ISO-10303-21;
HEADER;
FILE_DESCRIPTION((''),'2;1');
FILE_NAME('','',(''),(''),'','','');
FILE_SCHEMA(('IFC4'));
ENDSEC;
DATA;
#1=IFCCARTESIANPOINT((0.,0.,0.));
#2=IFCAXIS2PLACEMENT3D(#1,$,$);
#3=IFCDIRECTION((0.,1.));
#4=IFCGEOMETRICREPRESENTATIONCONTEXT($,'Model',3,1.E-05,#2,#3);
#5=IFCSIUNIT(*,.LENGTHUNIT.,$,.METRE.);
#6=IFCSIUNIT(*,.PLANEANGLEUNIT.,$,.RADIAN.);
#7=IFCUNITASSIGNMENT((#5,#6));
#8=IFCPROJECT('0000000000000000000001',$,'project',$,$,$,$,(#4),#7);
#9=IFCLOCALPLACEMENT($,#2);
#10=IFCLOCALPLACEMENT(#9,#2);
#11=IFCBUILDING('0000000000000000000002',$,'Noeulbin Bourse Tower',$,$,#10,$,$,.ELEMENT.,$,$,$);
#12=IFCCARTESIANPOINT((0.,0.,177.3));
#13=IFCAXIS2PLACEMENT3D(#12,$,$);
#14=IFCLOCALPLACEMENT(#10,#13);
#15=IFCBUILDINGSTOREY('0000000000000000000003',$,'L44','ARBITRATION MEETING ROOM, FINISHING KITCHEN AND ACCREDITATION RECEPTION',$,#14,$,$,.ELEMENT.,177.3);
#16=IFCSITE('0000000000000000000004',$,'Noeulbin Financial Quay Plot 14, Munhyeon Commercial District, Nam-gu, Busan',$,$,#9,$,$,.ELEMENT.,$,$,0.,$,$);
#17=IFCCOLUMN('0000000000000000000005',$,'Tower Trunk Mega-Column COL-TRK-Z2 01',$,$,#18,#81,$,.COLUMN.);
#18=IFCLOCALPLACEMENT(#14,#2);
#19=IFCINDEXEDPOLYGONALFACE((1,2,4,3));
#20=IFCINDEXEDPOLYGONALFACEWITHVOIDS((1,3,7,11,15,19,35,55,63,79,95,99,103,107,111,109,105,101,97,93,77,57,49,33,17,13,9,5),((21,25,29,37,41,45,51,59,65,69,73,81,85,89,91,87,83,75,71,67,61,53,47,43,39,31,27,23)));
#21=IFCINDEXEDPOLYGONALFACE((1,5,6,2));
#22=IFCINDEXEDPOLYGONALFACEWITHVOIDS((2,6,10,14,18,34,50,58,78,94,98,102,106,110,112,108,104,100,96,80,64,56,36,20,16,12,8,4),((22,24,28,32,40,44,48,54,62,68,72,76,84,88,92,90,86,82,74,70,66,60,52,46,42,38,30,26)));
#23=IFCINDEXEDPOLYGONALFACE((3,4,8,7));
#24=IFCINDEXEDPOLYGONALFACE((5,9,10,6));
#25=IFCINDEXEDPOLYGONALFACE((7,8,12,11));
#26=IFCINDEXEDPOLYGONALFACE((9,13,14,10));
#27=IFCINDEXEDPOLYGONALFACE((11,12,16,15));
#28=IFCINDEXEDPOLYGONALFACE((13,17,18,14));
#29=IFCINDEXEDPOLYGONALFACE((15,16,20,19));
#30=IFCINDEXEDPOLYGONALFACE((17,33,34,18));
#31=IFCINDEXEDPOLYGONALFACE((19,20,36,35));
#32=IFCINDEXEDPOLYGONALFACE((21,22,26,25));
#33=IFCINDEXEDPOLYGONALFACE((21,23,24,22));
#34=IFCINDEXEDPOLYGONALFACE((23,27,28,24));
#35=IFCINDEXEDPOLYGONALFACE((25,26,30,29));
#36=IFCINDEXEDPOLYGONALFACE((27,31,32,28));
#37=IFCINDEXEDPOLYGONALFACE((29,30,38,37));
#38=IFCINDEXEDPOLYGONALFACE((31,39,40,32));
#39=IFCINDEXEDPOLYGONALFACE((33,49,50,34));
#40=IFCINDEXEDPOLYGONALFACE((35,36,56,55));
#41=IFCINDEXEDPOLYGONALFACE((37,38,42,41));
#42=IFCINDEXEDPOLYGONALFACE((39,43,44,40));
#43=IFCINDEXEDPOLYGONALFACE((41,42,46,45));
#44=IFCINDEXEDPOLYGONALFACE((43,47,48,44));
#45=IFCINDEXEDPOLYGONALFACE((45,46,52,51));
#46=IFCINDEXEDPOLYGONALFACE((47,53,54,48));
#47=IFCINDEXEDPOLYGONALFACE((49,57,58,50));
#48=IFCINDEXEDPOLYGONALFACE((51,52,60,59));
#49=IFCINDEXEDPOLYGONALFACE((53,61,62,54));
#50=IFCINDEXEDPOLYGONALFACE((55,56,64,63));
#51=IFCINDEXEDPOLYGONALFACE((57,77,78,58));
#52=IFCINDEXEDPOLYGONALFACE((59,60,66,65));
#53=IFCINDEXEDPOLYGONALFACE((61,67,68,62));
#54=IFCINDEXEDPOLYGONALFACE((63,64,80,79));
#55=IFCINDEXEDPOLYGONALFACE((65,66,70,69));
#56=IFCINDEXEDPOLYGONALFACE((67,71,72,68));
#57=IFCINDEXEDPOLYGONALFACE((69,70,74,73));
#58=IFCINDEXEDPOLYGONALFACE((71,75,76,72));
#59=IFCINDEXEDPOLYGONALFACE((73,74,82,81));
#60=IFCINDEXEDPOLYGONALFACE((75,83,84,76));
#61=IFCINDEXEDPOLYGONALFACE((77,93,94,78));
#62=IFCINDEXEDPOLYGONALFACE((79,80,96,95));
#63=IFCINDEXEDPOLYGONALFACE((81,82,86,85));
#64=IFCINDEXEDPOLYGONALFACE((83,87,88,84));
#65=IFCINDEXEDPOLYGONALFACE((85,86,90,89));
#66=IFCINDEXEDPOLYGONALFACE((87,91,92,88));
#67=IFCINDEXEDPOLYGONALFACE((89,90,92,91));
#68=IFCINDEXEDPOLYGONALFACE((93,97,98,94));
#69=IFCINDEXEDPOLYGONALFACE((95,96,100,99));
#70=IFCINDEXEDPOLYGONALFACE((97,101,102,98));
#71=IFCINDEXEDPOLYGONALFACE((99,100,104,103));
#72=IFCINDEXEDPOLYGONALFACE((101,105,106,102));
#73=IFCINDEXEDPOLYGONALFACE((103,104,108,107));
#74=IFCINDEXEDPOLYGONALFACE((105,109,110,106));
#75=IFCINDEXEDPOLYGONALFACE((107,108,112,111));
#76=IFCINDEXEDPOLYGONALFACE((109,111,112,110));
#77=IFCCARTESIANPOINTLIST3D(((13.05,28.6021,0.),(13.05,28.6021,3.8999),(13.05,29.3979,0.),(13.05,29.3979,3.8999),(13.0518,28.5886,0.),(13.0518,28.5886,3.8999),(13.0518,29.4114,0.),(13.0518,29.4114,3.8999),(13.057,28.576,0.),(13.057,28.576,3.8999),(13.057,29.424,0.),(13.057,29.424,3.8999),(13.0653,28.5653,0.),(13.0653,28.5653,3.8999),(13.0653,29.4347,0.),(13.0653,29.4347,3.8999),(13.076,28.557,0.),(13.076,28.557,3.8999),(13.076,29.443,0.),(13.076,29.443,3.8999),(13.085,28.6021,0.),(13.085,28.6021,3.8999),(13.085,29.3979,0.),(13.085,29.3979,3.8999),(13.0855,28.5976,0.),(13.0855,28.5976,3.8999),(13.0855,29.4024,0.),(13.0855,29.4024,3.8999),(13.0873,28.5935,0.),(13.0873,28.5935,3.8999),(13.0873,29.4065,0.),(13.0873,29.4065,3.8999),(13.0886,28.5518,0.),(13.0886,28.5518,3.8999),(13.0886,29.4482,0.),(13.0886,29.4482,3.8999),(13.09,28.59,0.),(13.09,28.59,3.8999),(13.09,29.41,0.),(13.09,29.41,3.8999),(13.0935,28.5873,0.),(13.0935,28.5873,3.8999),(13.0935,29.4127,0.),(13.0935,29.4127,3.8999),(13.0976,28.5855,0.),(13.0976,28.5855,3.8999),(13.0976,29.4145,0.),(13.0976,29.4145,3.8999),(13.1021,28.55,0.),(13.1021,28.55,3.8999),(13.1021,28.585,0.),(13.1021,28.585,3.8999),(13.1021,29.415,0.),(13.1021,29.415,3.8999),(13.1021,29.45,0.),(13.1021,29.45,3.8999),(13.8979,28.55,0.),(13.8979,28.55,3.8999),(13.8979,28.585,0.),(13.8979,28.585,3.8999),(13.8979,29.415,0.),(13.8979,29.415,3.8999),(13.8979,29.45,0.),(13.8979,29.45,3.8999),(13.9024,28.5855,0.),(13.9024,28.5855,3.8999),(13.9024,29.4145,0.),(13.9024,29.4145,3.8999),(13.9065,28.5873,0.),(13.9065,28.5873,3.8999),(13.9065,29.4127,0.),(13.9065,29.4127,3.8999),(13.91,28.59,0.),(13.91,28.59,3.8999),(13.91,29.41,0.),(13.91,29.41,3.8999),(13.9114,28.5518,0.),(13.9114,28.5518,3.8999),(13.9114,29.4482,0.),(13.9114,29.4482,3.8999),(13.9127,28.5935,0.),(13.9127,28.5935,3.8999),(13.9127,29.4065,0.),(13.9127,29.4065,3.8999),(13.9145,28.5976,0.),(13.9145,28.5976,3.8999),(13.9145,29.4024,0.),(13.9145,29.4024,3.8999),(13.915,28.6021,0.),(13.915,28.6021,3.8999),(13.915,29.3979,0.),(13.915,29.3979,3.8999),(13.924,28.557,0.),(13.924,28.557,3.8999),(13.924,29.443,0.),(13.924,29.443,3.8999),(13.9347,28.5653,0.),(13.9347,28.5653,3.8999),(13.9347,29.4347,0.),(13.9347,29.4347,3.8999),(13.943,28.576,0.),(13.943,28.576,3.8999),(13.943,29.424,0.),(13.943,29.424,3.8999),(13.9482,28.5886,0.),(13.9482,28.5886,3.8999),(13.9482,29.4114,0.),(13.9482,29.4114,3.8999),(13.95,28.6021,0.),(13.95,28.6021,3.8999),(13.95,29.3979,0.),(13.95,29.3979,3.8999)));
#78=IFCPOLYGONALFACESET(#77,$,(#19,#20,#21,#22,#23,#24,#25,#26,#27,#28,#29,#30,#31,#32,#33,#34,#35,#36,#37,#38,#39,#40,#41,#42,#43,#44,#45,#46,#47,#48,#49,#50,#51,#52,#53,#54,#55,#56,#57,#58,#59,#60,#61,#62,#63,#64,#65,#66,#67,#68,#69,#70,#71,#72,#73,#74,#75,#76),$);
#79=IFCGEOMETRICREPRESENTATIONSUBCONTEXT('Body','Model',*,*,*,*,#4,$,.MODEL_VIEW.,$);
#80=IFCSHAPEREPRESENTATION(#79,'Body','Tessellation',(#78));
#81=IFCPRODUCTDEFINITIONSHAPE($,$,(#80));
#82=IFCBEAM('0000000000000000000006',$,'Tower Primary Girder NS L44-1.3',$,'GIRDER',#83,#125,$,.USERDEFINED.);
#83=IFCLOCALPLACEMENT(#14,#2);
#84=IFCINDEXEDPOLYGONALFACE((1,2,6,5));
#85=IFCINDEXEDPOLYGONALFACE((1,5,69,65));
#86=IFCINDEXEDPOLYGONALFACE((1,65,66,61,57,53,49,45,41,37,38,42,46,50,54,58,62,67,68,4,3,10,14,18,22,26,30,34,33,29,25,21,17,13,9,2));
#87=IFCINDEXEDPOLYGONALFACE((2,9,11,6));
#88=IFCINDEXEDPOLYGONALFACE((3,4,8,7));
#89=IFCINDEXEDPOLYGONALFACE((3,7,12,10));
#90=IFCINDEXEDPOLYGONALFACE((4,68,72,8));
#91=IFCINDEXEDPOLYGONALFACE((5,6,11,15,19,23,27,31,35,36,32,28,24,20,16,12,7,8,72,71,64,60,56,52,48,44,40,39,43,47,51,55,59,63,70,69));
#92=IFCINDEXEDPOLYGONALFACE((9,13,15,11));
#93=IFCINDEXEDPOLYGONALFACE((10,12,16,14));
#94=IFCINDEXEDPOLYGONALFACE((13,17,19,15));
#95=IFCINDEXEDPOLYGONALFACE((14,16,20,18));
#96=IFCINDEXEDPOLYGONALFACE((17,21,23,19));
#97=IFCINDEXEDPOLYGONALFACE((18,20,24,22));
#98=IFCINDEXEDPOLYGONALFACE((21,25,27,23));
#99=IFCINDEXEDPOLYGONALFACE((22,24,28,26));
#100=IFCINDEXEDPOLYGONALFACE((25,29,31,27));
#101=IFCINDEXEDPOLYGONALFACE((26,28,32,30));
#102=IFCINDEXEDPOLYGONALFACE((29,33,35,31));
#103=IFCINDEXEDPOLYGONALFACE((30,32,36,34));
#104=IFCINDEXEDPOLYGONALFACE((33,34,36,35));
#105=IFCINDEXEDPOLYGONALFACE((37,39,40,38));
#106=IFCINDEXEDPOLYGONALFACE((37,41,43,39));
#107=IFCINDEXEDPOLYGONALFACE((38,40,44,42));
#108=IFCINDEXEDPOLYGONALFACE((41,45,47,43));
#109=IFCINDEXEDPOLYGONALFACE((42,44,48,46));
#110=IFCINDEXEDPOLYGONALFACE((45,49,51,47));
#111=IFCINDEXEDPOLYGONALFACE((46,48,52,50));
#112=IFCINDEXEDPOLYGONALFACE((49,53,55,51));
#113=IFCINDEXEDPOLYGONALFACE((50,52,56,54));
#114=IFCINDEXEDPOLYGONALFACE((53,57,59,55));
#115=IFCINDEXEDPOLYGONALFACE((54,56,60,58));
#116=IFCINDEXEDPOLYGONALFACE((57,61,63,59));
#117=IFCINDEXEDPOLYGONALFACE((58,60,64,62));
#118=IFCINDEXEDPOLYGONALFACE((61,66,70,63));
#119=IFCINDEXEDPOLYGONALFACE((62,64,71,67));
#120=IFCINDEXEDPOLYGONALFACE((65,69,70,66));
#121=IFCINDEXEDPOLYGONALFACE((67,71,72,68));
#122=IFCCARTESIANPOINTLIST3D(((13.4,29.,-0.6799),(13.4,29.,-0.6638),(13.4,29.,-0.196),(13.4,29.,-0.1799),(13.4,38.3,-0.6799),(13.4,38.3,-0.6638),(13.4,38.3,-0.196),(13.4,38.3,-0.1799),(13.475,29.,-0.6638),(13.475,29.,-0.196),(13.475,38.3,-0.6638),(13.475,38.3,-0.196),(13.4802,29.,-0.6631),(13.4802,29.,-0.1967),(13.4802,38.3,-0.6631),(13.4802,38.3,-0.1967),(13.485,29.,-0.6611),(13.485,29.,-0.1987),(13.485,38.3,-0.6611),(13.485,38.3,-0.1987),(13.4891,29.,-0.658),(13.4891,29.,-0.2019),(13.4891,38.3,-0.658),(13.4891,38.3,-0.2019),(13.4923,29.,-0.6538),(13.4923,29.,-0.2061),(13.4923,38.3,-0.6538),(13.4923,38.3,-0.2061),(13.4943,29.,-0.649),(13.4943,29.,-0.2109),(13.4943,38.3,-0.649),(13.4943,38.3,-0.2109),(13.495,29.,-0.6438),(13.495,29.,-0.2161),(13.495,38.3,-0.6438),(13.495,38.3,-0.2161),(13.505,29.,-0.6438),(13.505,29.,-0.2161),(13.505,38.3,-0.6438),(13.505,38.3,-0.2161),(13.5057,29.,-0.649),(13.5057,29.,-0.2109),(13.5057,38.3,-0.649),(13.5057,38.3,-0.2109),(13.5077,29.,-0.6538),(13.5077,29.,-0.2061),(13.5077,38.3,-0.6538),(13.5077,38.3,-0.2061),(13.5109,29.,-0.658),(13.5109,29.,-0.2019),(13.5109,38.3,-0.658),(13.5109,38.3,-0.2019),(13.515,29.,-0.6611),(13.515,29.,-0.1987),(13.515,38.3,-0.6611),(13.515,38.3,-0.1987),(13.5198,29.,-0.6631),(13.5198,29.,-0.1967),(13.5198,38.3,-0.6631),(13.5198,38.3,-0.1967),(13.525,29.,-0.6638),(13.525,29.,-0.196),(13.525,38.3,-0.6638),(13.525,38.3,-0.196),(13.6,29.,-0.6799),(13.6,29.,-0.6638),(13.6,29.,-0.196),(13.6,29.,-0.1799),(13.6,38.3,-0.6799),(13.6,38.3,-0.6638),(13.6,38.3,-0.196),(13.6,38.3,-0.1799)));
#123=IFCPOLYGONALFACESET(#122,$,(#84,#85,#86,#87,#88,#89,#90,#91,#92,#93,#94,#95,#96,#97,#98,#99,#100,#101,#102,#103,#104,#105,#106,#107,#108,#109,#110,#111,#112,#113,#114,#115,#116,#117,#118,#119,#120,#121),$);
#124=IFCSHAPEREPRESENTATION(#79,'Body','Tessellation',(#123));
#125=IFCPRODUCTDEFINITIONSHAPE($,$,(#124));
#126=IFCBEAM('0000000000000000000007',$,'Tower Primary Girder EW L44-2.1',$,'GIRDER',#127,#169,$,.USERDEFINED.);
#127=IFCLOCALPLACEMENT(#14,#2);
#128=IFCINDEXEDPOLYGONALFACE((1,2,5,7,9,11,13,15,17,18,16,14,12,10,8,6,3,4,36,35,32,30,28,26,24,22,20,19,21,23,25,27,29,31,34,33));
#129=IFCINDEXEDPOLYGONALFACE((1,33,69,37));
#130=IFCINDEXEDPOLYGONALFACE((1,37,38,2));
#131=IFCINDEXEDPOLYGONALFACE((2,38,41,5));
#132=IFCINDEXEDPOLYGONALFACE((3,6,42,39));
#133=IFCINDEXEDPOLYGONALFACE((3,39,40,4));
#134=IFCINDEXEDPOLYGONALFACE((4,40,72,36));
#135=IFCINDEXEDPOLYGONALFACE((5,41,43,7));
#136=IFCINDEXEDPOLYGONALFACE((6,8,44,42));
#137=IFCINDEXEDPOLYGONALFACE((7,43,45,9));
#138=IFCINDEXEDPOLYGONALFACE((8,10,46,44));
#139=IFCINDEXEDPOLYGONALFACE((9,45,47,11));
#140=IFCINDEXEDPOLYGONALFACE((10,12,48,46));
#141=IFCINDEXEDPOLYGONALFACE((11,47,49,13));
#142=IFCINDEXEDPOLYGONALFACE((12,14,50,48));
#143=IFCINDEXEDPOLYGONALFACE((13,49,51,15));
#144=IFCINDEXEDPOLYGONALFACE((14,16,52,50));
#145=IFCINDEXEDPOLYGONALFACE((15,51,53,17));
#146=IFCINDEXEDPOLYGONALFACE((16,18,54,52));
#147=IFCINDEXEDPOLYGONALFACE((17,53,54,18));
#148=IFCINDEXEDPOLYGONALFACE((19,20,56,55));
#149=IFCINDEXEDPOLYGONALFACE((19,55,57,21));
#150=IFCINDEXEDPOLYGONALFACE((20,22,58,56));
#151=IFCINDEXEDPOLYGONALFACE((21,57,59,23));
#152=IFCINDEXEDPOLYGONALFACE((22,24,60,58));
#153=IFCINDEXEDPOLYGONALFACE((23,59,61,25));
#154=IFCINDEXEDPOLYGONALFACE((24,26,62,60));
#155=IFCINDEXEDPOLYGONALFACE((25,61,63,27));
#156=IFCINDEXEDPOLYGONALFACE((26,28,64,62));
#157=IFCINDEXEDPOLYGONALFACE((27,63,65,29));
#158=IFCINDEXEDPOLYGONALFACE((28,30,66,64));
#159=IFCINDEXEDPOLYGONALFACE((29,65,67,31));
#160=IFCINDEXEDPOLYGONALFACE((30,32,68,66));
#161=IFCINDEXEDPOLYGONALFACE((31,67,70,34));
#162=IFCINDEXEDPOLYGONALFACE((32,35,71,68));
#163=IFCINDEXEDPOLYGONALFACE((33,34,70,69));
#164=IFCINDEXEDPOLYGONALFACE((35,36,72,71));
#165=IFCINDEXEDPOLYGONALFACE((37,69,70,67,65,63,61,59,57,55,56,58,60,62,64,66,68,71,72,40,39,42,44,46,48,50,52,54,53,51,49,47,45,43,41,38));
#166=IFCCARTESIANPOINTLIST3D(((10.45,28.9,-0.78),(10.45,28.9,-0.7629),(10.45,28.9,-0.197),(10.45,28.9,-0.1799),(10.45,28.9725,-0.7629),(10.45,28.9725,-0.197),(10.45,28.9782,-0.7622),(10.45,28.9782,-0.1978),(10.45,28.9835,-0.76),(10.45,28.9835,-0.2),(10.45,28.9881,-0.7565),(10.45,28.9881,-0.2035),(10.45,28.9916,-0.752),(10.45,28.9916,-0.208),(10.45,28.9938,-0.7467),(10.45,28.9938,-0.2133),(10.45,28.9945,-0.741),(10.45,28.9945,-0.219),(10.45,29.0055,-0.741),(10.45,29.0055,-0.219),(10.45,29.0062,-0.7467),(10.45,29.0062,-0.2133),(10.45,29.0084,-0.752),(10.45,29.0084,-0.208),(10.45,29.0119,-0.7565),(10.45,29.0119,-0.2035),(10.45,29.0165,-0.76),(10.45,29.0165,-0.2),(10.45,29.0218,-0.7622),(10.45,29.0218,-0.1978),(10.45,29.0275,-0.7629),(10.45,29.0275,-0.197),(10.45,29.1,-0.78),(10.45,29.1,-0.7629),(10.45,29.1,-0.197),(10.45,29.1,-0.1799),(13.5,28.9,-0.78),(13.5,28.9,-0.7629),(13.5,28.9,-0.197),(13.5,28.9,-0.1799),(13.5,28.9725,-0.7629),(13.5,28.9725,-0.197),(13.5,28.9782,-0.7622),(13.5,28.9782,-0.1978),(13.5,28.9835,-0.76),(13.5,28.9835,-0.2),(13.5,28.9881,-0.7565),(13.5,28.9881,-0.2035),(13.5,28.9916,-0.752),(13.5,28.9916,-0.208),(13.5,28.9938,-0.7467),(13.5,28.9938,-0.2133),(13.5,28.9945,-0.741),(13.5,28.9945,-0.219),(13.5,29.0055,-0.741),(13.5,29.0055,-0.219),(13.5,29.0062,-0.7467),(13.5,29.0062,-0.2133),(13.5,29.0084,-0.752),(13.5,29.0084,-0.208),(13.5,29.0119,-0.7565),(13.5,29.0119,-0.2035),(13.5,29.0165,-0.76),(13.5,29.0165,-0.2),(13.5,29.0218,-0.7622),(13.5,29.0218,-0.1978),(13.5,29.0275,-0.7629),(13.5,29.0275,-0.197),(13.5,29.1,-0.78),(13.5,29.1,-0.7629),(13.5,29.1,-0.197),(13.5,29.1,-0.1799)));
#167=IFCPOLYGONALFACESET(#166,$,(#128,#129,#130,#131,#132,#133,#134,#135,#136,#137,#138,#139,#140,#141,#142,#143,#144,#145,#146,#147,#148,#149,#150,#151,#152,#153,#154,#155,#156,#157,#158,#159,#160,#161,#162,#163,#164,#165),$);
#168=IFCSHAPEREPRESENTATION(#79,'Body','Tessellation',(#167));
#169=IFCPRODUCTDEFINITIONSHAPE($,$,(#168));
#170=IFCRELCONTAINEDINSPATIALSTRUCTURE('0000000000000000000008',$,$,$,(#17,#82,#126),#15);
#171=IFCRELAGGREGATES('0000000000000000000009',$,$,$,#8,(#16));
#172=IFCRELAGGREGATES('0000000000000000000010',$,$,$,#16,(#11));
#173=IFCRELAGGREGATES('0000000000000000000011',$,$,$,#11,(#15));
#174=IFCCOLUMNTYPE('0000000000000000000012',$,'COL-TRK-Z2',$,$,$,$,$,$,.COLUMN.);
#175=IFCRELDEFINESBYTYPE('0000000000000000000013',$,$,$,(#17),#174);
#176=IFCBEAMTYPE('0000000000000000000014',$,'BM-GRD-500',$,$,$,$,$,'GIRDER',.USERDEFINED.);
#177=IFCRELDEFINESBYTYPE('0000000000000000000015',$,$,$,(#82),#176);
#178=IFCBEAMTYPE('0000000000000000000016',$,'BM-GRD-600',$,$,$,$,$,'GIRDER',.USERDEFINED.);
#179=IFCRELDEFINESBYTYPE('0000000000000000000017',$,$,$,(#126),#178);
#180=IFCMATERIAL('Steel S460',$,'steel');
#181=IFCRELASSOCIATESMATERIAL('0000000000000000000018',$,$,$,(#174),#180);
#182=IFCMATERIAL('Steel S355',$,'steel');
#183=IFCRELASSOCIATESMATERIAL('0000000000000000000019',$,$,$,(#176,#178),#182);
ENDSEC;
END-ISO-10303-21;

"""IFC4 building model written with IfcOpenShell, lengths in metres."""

from ifc_helpers import new_model, si_unit, direction, frame, origin, origin_2d, place, context, subcontext, project, spatial, hollow_rectangle, i_section, extrude, material, material_profile, profile_set, type_object, element, save


model = new_model("IFC4")

# Units and contexts
model_context = context("Model", 3, precision=1e-05, world=origin(), true_north=direction((0.0, 1.0)))
body_context = subcontext(model_context, "Body", "Model", "MODEL_VIEW")
ifc_project = project(units=[si_unit("LENGTHUNIT", "METRE"), si_unit("PLANEANGLEUNIT", "RADIAN")], contexts=[model_context])

# Site, building, storey
site_placement = place(None, origin())
site = spatial("IfcSite", under=ifc_project, at=site_placement, Name="Noeulbin Financial Quay Plot 14, Munhyeon Commercial District, Nam-gu, Busan", CompositionType="ELEMENT", RefElevation=0.0)
building_placement = place(site_placement, origin())
building = spatial("IfcBuilding", under=site, at=building_placement, Name="Noeulbin Bourse Tower", CompositionType="ELEMENT")
storey_placement = place(building_placement, frame((0.0, 0.0, 177.3)))
storey = spatial("IfcBuildingStorey", under=building, at=storey_placement, Name="L44", Description="ARBITRATION MEETING ROOM, FINISHING KITCHEN AND ACCREDITATION RECEPTION", CompositionType="ELEMENT", Elevation=177.3)

# Column
ifc_material_1 = material(Name="Steel S460", Category="steel")
ifc_material_profile_1 = material_profile(ifc_material_1, hollow_rectangle(XDim=0.8999, YDim=0.8999, WallThickness=0.0349, InnerFilletRadius=0.0171, OuterFilletRadius=0.052, at=origin_2d()), Name="BOX-900x900x35", Category="LoadBearing")
ifc_profile_set_1 = profile_set([ifc_material_profile_1], Name="Steel S460")
column_type = type_object("IfcColumnType", Name="COL-TRK-Z2", PredefinedType="COLUMN", material=ifc_profile_set_1)
column_placement = place(storey_placement, frame((13.5, 29.0, 0.0), z_axis=(0.0, 0.0, 1.0), x_axis=(1.0, 0.0, 0.0)))
element("IfcColumn", 1, at=column_placement, inside=storey, type_object=column_type, Name="Tower Trunk Mega-Column COL-TRK-Z2 01", PredefinedType="COLUMN", context=body_context, shape_type="SweptSolid", body=[
    extrude(hollow_rectangle(XDim=0.8999, YDim=0.8999, WallThickness=0.0349, InnerFilletRadius=0.0171, OuterFilletRadius=0.052, at=origin_2d()), origin(), (0.0, 0.0, 1.0), 3.8999),
])

# Beams
ifc_material_2 = material(Name="Steel S355", Category="steel")
ifc_material_profile_2 = material_profile(ifc_material_2, i_section(OverallWidth=0.2, OverallDepth=0.5, WebThickness=0.01, FlangeThickness=0.0161, FilletRadius=0.02, at=origin_2d()), Name="H-500x200x10x16", Category="LoadBearing")
ifc_profile_set_2 = profile_set([ifc_material_profile_2], Name="Steel S355")
beam_type_1 = type_object("IfcBeamType", Name="BM-GRD-500", ElementType="GIRDER", PredefinedType="USERDEFINED", material=ifc_profile_set_2)
beam_1_placement = place(storey_placement, frame((13.5, 29.0, -0.4299), z_axis=(0.0, 1.0, 0.0), x_axis=(-1.0, 0.0, 0.0)))
element("IfcBeam", 2, at=beam_1_placement, inside=storey, type_object=beam_type_1, Name="Tower Primary Girder NS L44-1.3", ObjectType="GIRDER", PredefinedType="USERDEFINED", context=body_context, shape_type="SweptSolid", body=[
    extrude(i_section(OverallWidth=0.2, OverallDepth=0.5, WebThickness=0.01, FlangeThickness=0.0161, FilletRadius=0.02, at=origin_2d()), origin(), (0.0, 0.0, 1.0), 9.3),
])
ifc_material_profile_3 = material_profile(ifc_material_2, i_section(OverallWidth=0.2, OverallDepth=0.6001, WebThickness=0.011, FlangeThickness=0.0171, FilletRadius=0.022, at=origin_2d()), Name="H-600x200x11x17", Category="LoadBearing")
ifc_profile_set_3 = profile_set([ifc_material_profile_3], Name="Steel S355")
beam_type_2 = type_object("IfcBeamType", Name="BM-GRD-600", ElementType="GIRDER", PredefinedType="USERDEFINED", material=ifc_profile_set_3)
beam_2_placement = place(storey_placement, frame((10.45, 29.0, -0.48), z_axis=(1.0, 0.0, 0.0), x_axis=(0.0, 1.0, 0.0)))
element("IfcBeam", 3, at=beam_2_placement, inside=storey, type_object=beam_type_2, Name="Tower Primary Girder EW L44-2.1", ObjectType="GIRDER", PredefinedType="USERDEFINED", context=body_context, shape_type="SweptSolid", body=[
    extrude(i_section(OverallWidth=0.2, OverallDepth=0.6001, WebThickness=0.011, FlangeThickness=0.0171, FilletRadius=0.022, at=origin_2d()), origin(), (0.0, 0.0, 1.0), 3.05),
])

save(model, "model.ifc")
